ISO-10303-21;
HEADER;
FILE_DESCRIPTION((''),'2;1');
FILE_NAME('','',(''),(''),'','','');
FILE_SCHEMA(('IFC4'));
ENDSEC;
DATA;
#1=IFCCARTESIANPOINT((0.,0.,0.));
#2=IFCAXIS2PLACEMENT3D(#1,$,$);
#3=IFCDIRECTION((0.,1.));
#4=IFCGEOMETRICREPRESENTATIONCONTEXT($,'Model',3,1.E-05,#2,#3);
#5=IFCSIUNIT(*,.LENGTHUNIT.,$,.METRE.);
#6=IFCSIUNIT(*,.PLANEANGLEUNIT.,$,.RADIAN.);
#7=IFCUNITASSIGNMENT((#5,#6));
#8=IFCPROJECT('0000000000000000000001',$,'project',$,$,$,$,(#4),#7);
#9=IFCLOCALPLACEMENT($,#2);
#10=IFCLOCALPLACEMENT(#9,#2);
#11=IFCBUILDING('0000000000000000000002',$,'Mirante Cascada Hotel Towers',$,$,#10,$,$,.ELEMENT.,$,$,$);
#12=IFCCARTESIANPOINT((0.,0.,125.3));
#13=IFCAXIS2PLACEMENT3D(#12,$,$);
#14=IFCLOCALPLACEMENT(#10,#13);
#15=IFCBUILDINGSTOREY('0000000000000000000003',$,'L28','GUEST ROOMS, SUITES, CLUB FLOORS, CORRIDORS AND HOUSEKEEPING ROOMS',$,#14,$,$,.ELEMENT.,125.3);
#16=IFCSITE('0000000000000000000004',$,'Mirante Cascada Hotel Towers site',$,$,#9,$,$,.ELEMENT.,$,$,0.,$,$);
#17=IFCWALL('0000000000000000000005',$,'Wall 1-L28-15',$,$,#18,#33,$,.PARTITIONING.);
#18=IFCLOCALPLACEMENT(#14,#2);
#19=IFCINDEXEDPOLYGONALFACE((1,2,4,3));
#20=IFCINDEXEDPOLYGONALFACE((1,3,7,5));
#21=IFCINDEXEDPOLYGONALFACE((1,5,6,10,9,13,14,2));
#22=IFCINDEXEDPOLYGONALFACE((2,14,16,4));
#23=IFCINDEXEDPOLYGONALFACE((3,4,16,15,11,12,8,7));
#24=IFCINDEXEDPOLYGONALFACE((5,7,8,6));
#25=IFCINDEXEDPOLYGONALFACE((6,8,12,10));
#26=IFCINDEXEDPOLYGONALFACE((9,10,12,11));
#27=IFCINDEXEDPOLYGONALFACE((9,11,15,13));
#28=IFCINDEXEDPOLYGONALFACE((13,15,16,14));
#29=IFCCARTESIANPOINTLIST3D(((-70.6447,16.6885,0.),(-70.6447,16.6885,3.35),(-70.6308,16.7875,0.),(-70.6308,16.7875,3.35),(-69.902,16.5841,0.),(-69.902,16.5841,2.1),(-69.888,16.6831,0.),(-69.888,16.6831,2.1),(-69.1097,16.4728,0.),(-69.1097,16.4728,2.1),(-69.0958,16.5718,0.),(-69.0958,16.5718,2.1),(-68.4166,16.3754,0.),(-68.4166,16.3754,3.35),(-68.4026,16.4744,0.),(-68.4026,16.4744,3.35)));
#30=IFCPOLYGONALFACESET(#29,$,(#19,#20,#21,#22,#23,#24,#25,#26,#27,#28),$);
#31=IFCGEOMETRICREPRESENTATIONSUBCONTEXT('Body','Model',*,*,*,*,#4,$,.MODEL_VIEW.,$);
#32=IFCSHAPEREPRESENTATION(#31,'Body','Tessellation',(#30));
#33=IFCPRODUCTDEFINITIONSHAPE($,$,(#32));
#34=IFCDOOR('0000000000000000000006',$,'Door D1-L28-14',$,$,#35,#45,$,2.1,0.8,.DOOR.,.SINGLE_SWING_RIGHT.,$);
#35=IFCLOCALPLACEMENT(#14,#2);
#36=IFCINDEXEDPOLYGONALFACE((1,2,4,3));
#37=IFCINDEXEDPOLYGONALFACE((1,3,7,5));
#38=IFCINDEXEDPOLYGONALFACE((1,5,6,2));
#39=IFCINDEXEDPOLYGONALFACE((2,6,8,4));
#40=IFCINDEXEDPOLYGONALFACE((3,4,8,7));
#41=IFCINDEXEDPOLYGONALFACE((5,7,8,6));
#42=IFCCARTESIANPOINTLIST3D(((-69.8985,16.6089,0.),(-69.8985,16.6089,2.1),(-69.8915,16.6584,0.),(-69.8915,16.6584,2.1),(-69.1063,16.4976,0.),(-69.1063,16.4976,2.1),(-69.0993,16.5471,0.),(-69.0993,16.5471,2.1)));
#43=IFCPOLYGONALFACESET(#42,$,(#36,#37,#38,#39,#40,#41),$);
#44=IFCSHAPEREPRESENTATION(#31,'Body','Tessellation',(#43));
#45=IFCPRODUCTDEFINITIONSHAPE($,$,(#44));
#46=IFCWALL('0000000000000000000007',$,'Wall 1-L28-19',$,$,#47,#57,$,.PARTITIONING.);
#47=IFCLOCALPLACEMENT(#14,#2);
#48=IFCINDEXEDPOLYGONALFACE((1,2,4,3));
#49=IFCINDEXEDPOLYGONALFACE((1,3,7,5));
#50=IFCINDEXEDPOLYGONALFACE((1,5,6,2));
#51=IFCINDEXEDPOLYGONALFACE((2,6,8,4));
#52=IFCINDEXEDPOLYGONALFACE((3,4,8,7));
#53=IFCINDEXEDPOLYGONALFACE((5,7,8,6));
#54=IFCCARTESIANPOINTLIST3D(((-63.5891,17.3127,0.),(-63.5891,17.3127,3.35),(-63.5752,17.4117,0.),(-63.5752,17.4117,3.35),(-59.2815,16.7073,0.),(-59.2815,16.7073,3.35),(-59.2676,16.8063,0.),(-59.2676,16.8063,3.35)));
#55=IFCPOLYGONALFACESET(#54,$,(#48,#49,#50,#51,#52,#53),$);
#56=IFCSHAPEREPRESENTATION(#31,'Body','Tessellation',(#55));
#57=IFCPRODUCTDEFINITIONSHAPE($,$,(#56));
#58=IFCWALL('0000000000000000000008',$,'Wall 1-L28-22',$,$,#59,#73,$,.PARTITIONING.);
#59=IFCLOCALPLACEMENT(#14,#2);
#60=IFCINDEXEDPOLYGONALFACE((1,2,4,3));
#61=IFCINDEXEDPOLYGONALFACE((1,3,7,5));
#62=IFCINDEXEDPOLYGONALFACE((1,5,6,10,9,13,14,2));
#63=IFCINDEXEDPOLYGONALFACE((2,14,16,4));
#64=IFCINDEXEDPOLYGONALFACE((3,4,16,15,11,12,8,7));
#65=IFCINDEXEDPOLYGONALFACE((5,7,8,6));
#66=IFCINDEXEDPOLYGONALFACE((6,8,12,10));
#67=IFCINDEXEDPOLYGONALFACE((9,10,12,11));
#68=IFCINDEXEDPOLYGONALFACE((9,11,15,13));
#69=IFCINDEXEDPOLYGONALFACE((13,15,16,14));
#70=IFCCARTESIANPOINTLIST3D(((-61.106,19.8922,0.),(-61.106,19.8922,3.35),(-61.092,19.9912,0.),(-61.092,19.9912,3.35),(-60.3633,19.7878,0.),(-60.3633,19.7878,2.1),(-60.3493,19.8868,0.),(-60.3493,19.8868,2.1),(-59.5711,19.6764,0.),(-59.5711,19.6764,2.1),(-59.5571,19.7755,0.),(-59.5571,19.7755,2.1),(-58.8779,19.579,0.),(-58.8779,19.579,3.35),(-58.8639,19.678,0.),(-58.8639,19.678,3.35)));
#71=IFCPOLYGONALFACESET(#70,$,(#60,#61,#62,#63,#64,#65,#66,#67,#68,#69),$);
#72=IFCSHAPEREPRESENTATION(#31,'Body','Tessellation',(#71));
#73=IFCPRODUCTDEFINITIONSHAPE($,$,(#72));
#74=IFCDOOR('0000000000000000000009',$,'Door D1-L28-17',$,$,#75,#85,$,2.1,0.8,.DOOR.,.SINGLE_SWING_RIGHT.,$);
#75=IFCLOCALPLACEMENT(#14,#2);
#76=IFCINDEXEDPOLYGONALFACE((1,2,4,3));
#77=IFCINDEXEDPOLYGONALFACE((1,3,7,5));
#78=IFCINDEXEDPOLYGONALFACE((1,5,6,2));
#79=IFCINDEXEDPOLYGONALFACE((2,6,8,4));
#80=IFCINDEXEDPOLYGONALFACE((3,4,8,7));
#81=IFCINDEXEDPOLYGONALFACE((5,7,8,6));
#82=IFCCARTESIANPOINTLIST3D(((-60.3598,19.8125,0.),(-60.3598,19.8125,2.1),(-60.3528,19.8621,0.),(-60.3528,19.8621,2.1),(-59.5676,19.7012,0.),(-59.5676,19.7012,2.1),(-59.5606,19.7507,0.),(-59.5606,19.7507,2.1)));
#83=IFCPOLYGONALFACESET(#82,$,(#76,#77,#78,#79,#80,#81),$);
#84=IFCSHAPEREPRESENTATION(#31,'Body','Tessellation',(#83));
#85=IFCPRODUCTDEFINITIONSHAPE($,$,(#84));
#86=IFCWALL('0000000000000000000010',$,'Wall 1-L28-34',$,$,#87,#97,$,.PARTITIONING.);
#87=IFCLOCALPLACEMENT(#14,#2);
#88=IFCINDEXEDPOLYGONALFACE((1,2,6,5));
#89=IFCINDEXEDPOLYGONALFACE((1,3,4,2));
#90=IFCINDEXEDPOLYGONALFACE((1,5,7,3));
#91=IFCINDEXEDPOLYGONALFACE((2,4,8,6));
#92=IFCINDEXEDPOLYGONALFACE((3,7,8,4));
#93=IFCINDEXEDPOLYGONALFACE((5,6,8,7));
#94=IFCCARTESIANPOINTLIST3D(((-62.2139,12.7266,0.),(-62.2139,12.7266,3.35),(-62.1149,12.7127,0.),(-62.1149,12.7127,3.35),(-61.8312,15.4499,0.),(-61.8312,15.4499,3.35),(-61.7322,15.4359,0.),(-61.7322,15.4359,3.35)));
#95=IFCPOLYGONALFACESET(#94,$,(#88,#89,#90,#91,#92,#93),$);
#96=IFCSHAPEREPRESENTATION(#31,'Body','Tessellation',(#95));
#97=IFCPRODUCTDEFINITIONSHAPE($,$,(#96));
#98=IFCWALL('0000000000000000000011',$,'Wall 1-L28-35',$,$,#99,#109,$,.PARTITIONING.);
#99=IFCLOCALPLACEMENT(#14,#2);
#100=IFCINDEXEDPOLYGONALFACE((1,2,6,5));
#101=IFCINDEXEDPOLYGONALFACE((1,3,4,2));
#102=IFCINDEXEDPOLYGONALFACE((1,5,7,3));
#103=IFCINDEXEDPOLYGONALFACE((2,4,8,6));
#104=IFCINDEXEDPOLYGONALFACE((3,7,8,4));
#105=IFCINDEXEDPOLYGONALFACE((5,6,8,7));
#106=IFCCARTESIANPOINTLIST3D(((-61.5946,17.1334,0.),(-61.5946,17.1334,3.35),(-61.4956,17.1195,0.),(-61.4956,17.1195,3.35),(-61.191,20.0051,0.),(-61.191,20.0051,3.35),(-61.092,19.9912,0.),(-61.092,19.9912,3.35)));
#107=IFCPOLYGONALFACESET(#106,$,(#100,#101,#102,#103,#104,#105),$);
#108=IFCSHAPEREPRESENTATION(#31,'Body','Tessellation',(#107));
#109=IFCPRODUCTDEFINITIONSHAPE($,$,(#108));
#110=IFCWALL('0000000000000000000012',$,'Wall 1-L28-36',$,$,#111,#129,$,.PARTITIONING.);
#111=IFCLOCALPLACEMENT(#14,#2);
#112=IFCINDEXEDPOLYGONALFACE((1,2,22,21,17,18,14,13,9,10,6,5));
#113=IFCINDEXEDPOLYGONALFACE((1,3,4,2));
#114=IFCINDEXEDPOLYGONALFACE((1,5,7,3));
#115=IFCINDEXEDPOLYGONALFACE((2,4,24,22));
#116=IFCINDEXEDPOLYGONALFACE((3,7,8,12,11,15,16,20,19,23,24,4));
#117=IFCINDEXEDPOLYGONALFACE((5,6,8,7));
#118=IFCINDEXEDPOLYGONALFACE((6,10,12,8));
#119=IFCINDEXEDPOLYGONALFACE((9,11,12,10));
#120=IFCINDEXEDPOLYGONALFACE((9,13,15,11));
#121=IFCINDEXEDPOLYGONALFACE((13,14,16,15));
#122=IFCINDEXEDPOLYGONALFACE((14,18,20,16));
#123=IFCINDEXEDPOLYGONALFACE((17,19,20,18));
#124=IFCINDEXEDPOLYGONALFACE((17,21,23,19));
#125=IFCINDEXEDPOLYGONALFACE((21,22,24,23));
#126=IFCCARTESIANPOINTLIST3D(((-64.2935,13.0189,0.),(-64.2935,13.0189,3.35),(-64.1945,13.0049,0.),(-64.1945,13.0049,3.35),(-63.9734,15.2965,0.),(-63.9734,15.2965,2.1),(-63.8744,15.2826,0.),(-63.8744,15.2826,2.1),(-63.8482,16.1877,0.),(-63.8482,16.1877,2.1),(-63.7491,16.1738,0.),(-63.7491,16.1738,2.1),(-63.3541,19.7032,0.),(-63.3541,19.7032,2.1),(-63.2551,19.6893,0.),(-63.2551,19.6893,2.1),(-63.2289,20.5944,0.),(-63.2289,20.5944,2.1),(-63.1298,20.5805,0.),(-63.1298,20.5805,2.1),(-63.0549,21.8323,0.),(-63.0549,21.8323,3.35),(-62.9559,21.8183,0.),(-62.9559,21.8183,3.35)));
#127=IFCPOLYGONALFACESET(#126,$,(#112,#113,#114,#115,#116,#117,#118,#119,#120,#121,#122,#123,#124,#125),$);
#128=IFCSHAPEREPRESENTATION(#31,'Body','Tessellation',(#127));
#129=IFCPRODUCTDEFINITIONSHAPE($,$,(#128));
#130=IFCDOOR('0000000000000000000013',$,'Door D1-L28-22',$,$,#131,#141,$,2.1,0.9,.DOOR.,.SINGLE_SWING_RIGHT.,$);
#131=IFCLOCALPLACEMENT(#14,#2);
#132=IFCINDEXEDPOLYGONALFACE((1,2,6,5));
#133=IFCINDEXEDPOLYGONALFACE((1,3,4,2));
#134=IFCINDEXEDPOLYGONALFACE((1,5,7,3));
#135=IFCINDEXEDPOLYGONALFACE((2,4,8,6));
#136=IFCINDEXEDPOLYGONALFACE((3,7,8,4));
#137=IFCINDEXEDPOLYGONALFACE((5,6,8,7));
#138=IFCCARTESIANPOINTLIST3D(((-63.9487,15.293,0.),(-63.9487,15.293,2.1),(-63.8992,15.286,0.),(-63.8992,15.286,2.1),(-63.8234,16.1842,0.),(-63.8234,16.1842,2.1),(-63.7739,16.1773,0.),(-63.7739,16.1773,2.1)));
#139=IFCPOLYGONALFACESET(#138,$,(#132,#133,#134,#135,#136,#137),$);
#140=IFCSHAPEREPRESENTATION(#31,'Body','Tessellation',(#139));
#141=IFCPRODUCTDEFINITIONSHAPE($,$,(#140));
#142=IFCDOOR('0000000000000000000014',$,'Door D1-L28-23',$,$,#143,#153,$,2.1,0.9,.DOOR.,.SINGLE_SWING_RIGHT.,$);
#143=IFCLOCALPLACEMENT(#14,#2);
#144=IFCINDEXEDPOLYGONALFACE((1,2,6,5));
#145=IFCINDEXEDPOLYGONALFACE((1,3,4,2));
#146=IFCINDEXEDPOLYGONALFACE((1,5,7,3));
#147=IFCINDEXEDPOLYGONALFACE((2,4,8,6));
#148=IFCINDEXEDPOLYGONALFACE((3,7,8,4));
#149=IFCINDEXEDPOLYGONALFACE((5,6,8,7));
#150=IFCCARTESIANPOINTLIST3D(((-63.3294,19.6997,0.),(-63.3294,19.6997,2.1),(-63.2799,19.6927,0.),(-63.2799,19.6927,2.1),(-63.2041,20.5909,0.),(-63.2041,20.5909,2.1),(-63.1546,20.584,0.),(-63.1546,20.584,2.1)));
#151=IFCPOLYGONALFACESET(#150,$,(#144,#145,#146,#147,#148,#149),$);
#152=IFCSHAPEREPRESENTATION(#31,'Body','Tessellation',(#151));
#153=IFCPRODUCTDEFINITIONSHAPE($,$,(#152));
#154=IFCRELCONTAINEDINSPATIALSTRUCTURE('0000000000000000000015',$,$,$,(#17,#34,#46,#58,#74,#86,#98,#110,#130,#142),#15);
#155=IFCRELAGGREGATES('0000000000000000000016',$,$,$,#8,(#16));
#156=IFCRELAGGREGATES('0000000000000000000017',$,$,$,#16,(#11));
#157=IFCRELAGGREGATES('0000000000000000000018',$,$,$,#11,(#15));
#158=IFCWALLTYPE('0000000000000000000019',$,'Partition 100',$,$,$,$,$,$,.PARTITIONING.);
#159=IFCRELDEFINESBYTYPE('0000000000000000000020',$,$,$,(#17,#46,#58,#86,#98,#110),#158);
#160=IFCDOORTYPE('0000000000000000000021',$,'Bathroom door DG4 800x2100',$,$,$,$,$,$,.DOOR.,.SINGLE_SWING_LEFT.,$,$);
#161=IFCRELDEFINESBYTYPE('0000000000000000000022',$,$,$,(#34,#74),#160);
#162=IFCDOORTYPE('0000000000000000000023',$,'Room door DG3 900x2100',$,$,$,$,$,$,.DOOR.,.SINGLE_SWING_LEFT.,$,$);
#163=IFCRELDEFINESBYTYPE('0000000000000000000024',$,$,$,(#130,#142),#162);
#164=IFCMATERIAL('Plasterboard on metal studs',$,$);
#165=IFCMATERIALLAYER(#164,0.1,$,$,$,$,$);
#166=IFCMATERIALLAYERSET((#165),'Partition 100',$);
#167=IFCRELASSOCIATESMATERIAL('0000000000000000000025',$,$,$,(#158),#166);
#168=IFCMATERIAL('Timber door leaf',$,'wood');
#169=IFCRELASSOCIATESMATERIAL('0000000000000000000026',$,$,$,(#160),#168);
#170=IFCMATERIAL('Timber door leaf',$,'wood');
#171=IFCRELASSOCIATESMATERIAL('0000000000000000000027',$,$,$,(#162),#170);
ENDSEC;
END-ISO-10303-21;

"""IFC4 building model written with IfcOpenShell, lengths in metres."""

from ifc_helpers import new_model, si_unit, direction, frame, frame_2d, origin, place, context, subcontext, project, spatial, rectangle, extrude, material, layer, layer_set, type_object, element, fill, save


model = new_model("IFC4")

# Units and contexts
model_context = context("Model", 3, precision=1e-05, world=origin(), true_north=direction((0.0, 1.0)))
body_context = subcontext(model_context, "Body", "Model", "MODEL_VIEW")
ifc_project = project(units=[si_unit("LENGTHUNIT", "METRE"), si_unit("PLANEANGLEUNIT", "RADIAN")], contexts=[model_context])

# Site, building, storey
site_placement = place(None, origin())
site = spatial("IfcSite", under=ifc_project, at=site_placement, Name="Mirante Cascada Hotel Towers site", CompositionType="ELEMENT", RefElevation=0.0)
building_placement = place(site_placement, origin())
building = spatial("IfcBuilding", under=site, at=building_placement, Name="Mirante Cascada Hotel Towers", CompositionType="ELEMENT")
storey_placement = place(building_placement, frame((0.0, 0.0, 125.3)))
storey = spatial("IfcBuildingStorey", under=building, at=storey_placement, Name="L28", Description="GUEST ROOMS, SUITES, CLUB FLOORS, CORRIDORS AND HOUSEKEEPING ROOMS", CompositionType="ELEMENT", Elevation=125.3)

# Shared definitions
ifc_material_1 = material(Name="Plasterboard on metal studs")
ifc_layer_1 = layer(ifc_material_1, 0.1)
ifc_layer_set_1 = layer_set([ifc_layer_1], Name="Partition 100")
wall_type = type_object("IfcWallType", Name="Partition 100", PredefinedType="PARTITIONING", material=ifc_layer_set_1)
ifc_material_2 = material(Name="Timber door leaf", Category="wood")
door_type_1 = type_object("IfcDoorType", Name="Bathroom door DG4 800x2100", OperationType="SINGLE_SWING_LEFT", PredefinedType="DOOR", material=ifc_material_2)

# Wall, opening, door
wall_1_placement = place(storey_placement, frame((-68.4096, 16.4249, 0.0), z_axis=(0.0, 0.0, 1.0), x_axis=(-0.990271, 0.139156, 0.0)))
wall_1 = element("IfcWall", 1, at=wall_1_placement, inside=storey, type_object=wall_type, Name="Wall 1-L28-15", PredefinedType="PARTITIONING", context=body_context, shape_type="SweptSolid", body=[
    extrude(rectangle(XDim=2.25, YDim=0.1, at=frame_2d((1.125, 0.0))), origin(), (0.0, 0.0, 1.0), 3.35),
])
opening_1_placement = place(wall_1_placement, frame((0.7, 0.0, 0.0)))
opening_1 = element("IfcOpeningElement", 2, at=opening_1_placement, cuts=wall_1, PredefinedType="OPENING", context=body_context, shape_type="SweptSolid", body=[
    extrude(rectangle(XDim=0.8, YDim=2.1, at=frame_2d((0.4, 1.05))), frame((0.0, 0.05, 0.0), z_axis=(0.0, -1.0, 0.0), x_axis=(1.0, 0.0, 0.0)), (0.0, 0.0, 1.0), 0.1),
])
door_1_placement = place(opening_1_placement, frame((0.8, 0.0, 0.0), z_axis=(0.0, 0.0, 1.0), x_axis=(-1.0, 0.0, 0.0)))
door_1 = element("IfcDoor", 3, at=door_1_placement, inside=storey, type_object=door_type_1, Name="Door D1-L28-14", OperationType="SINGLE_SWING_RIGHT", OverallHeight=2.1, OverallWidth=0.8, PredefinedType="DOOR", context=body_context, shape_type="SweptSolid", body=[
    extrude(rectangle(XDim=0.8, YDim=2.1, at=frame_2d((0.4, 1.05))), frame((0.0, 0.025, 0.0), z_axis=(0.0, -1.0, 0.0), x_axis=(1.0, 0.0, 0.0)), (0.0, 0.0, 1.0), 0.05),
])
fill(opening_1, door_1)

# Wall
wall_2_placement = place(storey_placement, frame((-59.2745, 16.7568, 0.0), z_axis=(0.0, 0.0, 1.0), x_axis=(-0.990268, 0.139175, 0.0)))
element("IfcWall", 4, at=wall_2_placement, inside=storey, type_object=wall_type, Name="Wall 1-L28-19", PredefinedType="PARTITIONING", context=body_context, shape_type="SweptSolid", body=[
    extrude(rectangle(XDim=4.3499, YDim=0.1, at=frame_2d((2.175, 0.0))), origin(), (0.0, 0.0, 1.0), 3.35),
])

# Wall, opening, door
wall_3_placement = place(storey_placement, frame((-61.099, 19.9417, 0.0), z_axis=(0.0, 0.0, 1.0), x_axis=(0.990264, -0.1392, 0.0)))
wall_3 = element("IfcWall", 5, at=wall_3_placement, inside=storey, type_object=wall_type, Name="Wall 1-L28-22", PredefinedType="PARTITIONING", context=body_context, shape_type="SweptSolid", body=[
    extrude(rectangle(XDim=2.25, YDim=0.1, at=frame_2d((1.125, 0.0))), origin(), (0.0, 0.0, 1.0), 3.35),
])
opening_2_placement = place(wall_3_placement, frame((0.75, 0.0, 0.0)))
opening_2 = element("IfcOpeningElement", 6, at=opening_2_placement, cuts=wall_3, PredefinedType="OPENING", context=body_context, shape_type="SweptSolid", body=[
    extrude(rectangle(XDim=0.8, YDim=2.1, at=frame_2d((0.4, 1.05))), frame((0.0, 0.05, 0.0), z_axis=(0.0, -1.0, 0.0), x_axis=(1.0, 0.0, 0.0)), (0.0, 0.0, 1.0), 0.1),
])
door_2_placement = place(opening_2_placement, frame((0.8, 0.0, 0.0), z_axis=(0.0, 0.0, 1.0), x_axis=(-1.0, 0.0, 0.0)))
door_2 = element("IfcDoor", 7, at=door_2_placement, inside=storey, type_object=door_type_1, Name="Door D1-L28-17", OperationType="SINGLE_SWING_RIGHT", OverallHeight=2.1, OverallWidth=0.8, PredefinedType="DOOR", context=body_context, shape_type="SweptSolid", body=[
    extrude(rectangle(XDim=0.8, YDim=2.1, at=frame_2d((0.4, 1.05))), frame((0.0, 0.025, 0.0), z_axis=(0.0, -1.0, 0.0), x_axis=(1.0, 0.0, 0.0)), (0.0, 0.0, 1.0), 0.05),
])
fill(opening_2, door_2)

# Walls
wall_4_placement = place(storey_placement, frame((-61.7817, 15.4429, 0.0), z_axis=(0.0, 0.0, 1.0), x_axis=(-0.139166, -0.990269, 0.0)))
element("IfcWall", 8, at=wall_4_placement, inside=storey, type_object=wall_type, Name="Wall 1-L28-34", PredefinedType="PARTITIONING", context=body_context, shape_type="SweptSolid", body=[
    extrude(rectangle(XDim=2.75, YDim=0.1, at=frame_2d((1.375, 0.0))), origin(), (0.0, 0.0, 1.0), 3.35),
])
wall_5_placement = place(storey_placement, frame((-61.5451, 17.1264, 0.0), z_axis=(0.0, 0.0, 1.0), x_axis=(0.139176, 0.990268, 0.0)))
element("IfcWall", 9, at=wall_5_placement, inside=storey, type_object=wall_type, Name="Wall 1-L28-35", PredefinedType="PARTITIONING", context=body_context, shape_type="SweptSolid", body=[
    extrude(rectangle(XDim=2.8999, YDim=0.1, at=frame_2d((1.45, 0.0))), origin(), (0.0, 0.0, 1.0), 3.35),
])

# Wall, openings, doors
wall_6_placement = place(storey_placement, frame((-63.0054, 21.8253, 0.0), z_axis=(0.0, 0.0, 1.0), x_axis=(-0.139168, -0.990269, 0.0)))
wall_6 = element("IfcWall", 10, at=wall_6_placement, inside=storey, type_object=wall_type, Name="Wall 1-L28-36", PredefinedType="PARTITIONING", context=body_context, shape_type="SweptSolid", body=[
    extrude(rectangle(XDim=8.9, YDim=0.1, at=frame_2d((4.45, 0.0))), origin(), (0.0, 0.0, 1.0), 3.35),
])
opening_3_placement = place(wall_6_placement, frame((5.7, 0.0, 0.0)))
opening_3 = element("IfcOpeningElement", 11, at=opening_3_placement, cuts=wall_6, PredefinedType="OPENING", context=body_context, shape_type="SweptSolid", body=[
    extrude(rectangle(XDim=0.9, YDim=2.1, at=frame_2d((0.45, 1.05))), frame((0.0, 0.05, 0.0), z_axis=(0.0, -1.0, 0.0), x_axis=(1.0, 0.0, 0.0)), (0.0, 0.0, 1.0), 0.1),
])
opening_4_placement = place(wall_6_placement, frame((1.25, 0.0, 0.0)))
opening_4 = element("IfcOpeningElement", 12, at=opening_4_placement, cuts=wall_6, PredefinedType="OPENING", context=body_context, shape_type="SweptSolid", body=[
    extrude(rectangle(XDim=0.9, YDim=2.1, at=frame_2d((0.45, 1.05))), frame((0.0, 0.05, 0.0), z_axis=(0.0, -1.0, 0.0), x_axis=(1.0, 0.0, 0.0)), (0.0, 0.0, 1.0), 0.1),
])
ifc_material_3 = material(Name="Timber door leaf", Category="wood")
door_type_2 = type_object("IfcDoorType", Name="Room door DG3 900x2100", OperationType="SINGLE_SWING_LEFT", PredefinedType="DOOR", material=ifc_material_3)
door_3_placement = place(opening_3_placement, frame((0.9, 0.0, 0.0), z_axis=(0.0, 0.0, 1.0), x_axis=(-1.0, 0.0, 0.0)))
door_3 = element("IfcDoor", 13, at=door_3_placement, inside=storey, type_object=door_type_2, Name="Door D1-L28-22", OperationType="SINGLE_SWING_RIGHT", OverallHeight=2.1, OverallWidth=0.9, PredefinedType="DOOR", context=body_context, shape_type="SweptSolid", body=[
    extrude(rectangle(XDim=0.9, YDim=2.1, at=frame_2d((0.45, 1.05))), frame((0.0, 0.025, 0.0), z_axis=(0.0, -1.0, 0.0), x_axis=(1.0, 0.0, 0.0)), (0.0, 0.0, 1.0), 0.05),
])
fill(opening_3, door_3)
door_4_placement = place(opening_4_placement, frame((0.9, 0.0, 0.0), z_axis=(0.0, 0.0, 1.0), x_axis=(-1.0, 0.0, 0.0)))
door_4 = element("IfcDoor", 14, at=door_4_placement, inside=storey, type_object=door_type_2, Name="Door D1-L28-23", OperationType="SINGLE_SWING_RIGHT", OverallHeight=2.1, OverallWidth=0.9, PredefinedType="DOOR", context=body_context, shape_type="SweptSolid", body=[
    extrude(rectangle(XDim=0.9, YDim=2.1, at=frame_2d((0.45, 1.05))), frame((0.0, 0.025, 0.0), z_axis=(0.0, -1.0, 0.0), x_axis=(1.0, 0.0, 0.0)), (0.0, 0.0, 1.0), 0.05),
])
fill(opening_4, door_4)

save(model, "model.ifc")
